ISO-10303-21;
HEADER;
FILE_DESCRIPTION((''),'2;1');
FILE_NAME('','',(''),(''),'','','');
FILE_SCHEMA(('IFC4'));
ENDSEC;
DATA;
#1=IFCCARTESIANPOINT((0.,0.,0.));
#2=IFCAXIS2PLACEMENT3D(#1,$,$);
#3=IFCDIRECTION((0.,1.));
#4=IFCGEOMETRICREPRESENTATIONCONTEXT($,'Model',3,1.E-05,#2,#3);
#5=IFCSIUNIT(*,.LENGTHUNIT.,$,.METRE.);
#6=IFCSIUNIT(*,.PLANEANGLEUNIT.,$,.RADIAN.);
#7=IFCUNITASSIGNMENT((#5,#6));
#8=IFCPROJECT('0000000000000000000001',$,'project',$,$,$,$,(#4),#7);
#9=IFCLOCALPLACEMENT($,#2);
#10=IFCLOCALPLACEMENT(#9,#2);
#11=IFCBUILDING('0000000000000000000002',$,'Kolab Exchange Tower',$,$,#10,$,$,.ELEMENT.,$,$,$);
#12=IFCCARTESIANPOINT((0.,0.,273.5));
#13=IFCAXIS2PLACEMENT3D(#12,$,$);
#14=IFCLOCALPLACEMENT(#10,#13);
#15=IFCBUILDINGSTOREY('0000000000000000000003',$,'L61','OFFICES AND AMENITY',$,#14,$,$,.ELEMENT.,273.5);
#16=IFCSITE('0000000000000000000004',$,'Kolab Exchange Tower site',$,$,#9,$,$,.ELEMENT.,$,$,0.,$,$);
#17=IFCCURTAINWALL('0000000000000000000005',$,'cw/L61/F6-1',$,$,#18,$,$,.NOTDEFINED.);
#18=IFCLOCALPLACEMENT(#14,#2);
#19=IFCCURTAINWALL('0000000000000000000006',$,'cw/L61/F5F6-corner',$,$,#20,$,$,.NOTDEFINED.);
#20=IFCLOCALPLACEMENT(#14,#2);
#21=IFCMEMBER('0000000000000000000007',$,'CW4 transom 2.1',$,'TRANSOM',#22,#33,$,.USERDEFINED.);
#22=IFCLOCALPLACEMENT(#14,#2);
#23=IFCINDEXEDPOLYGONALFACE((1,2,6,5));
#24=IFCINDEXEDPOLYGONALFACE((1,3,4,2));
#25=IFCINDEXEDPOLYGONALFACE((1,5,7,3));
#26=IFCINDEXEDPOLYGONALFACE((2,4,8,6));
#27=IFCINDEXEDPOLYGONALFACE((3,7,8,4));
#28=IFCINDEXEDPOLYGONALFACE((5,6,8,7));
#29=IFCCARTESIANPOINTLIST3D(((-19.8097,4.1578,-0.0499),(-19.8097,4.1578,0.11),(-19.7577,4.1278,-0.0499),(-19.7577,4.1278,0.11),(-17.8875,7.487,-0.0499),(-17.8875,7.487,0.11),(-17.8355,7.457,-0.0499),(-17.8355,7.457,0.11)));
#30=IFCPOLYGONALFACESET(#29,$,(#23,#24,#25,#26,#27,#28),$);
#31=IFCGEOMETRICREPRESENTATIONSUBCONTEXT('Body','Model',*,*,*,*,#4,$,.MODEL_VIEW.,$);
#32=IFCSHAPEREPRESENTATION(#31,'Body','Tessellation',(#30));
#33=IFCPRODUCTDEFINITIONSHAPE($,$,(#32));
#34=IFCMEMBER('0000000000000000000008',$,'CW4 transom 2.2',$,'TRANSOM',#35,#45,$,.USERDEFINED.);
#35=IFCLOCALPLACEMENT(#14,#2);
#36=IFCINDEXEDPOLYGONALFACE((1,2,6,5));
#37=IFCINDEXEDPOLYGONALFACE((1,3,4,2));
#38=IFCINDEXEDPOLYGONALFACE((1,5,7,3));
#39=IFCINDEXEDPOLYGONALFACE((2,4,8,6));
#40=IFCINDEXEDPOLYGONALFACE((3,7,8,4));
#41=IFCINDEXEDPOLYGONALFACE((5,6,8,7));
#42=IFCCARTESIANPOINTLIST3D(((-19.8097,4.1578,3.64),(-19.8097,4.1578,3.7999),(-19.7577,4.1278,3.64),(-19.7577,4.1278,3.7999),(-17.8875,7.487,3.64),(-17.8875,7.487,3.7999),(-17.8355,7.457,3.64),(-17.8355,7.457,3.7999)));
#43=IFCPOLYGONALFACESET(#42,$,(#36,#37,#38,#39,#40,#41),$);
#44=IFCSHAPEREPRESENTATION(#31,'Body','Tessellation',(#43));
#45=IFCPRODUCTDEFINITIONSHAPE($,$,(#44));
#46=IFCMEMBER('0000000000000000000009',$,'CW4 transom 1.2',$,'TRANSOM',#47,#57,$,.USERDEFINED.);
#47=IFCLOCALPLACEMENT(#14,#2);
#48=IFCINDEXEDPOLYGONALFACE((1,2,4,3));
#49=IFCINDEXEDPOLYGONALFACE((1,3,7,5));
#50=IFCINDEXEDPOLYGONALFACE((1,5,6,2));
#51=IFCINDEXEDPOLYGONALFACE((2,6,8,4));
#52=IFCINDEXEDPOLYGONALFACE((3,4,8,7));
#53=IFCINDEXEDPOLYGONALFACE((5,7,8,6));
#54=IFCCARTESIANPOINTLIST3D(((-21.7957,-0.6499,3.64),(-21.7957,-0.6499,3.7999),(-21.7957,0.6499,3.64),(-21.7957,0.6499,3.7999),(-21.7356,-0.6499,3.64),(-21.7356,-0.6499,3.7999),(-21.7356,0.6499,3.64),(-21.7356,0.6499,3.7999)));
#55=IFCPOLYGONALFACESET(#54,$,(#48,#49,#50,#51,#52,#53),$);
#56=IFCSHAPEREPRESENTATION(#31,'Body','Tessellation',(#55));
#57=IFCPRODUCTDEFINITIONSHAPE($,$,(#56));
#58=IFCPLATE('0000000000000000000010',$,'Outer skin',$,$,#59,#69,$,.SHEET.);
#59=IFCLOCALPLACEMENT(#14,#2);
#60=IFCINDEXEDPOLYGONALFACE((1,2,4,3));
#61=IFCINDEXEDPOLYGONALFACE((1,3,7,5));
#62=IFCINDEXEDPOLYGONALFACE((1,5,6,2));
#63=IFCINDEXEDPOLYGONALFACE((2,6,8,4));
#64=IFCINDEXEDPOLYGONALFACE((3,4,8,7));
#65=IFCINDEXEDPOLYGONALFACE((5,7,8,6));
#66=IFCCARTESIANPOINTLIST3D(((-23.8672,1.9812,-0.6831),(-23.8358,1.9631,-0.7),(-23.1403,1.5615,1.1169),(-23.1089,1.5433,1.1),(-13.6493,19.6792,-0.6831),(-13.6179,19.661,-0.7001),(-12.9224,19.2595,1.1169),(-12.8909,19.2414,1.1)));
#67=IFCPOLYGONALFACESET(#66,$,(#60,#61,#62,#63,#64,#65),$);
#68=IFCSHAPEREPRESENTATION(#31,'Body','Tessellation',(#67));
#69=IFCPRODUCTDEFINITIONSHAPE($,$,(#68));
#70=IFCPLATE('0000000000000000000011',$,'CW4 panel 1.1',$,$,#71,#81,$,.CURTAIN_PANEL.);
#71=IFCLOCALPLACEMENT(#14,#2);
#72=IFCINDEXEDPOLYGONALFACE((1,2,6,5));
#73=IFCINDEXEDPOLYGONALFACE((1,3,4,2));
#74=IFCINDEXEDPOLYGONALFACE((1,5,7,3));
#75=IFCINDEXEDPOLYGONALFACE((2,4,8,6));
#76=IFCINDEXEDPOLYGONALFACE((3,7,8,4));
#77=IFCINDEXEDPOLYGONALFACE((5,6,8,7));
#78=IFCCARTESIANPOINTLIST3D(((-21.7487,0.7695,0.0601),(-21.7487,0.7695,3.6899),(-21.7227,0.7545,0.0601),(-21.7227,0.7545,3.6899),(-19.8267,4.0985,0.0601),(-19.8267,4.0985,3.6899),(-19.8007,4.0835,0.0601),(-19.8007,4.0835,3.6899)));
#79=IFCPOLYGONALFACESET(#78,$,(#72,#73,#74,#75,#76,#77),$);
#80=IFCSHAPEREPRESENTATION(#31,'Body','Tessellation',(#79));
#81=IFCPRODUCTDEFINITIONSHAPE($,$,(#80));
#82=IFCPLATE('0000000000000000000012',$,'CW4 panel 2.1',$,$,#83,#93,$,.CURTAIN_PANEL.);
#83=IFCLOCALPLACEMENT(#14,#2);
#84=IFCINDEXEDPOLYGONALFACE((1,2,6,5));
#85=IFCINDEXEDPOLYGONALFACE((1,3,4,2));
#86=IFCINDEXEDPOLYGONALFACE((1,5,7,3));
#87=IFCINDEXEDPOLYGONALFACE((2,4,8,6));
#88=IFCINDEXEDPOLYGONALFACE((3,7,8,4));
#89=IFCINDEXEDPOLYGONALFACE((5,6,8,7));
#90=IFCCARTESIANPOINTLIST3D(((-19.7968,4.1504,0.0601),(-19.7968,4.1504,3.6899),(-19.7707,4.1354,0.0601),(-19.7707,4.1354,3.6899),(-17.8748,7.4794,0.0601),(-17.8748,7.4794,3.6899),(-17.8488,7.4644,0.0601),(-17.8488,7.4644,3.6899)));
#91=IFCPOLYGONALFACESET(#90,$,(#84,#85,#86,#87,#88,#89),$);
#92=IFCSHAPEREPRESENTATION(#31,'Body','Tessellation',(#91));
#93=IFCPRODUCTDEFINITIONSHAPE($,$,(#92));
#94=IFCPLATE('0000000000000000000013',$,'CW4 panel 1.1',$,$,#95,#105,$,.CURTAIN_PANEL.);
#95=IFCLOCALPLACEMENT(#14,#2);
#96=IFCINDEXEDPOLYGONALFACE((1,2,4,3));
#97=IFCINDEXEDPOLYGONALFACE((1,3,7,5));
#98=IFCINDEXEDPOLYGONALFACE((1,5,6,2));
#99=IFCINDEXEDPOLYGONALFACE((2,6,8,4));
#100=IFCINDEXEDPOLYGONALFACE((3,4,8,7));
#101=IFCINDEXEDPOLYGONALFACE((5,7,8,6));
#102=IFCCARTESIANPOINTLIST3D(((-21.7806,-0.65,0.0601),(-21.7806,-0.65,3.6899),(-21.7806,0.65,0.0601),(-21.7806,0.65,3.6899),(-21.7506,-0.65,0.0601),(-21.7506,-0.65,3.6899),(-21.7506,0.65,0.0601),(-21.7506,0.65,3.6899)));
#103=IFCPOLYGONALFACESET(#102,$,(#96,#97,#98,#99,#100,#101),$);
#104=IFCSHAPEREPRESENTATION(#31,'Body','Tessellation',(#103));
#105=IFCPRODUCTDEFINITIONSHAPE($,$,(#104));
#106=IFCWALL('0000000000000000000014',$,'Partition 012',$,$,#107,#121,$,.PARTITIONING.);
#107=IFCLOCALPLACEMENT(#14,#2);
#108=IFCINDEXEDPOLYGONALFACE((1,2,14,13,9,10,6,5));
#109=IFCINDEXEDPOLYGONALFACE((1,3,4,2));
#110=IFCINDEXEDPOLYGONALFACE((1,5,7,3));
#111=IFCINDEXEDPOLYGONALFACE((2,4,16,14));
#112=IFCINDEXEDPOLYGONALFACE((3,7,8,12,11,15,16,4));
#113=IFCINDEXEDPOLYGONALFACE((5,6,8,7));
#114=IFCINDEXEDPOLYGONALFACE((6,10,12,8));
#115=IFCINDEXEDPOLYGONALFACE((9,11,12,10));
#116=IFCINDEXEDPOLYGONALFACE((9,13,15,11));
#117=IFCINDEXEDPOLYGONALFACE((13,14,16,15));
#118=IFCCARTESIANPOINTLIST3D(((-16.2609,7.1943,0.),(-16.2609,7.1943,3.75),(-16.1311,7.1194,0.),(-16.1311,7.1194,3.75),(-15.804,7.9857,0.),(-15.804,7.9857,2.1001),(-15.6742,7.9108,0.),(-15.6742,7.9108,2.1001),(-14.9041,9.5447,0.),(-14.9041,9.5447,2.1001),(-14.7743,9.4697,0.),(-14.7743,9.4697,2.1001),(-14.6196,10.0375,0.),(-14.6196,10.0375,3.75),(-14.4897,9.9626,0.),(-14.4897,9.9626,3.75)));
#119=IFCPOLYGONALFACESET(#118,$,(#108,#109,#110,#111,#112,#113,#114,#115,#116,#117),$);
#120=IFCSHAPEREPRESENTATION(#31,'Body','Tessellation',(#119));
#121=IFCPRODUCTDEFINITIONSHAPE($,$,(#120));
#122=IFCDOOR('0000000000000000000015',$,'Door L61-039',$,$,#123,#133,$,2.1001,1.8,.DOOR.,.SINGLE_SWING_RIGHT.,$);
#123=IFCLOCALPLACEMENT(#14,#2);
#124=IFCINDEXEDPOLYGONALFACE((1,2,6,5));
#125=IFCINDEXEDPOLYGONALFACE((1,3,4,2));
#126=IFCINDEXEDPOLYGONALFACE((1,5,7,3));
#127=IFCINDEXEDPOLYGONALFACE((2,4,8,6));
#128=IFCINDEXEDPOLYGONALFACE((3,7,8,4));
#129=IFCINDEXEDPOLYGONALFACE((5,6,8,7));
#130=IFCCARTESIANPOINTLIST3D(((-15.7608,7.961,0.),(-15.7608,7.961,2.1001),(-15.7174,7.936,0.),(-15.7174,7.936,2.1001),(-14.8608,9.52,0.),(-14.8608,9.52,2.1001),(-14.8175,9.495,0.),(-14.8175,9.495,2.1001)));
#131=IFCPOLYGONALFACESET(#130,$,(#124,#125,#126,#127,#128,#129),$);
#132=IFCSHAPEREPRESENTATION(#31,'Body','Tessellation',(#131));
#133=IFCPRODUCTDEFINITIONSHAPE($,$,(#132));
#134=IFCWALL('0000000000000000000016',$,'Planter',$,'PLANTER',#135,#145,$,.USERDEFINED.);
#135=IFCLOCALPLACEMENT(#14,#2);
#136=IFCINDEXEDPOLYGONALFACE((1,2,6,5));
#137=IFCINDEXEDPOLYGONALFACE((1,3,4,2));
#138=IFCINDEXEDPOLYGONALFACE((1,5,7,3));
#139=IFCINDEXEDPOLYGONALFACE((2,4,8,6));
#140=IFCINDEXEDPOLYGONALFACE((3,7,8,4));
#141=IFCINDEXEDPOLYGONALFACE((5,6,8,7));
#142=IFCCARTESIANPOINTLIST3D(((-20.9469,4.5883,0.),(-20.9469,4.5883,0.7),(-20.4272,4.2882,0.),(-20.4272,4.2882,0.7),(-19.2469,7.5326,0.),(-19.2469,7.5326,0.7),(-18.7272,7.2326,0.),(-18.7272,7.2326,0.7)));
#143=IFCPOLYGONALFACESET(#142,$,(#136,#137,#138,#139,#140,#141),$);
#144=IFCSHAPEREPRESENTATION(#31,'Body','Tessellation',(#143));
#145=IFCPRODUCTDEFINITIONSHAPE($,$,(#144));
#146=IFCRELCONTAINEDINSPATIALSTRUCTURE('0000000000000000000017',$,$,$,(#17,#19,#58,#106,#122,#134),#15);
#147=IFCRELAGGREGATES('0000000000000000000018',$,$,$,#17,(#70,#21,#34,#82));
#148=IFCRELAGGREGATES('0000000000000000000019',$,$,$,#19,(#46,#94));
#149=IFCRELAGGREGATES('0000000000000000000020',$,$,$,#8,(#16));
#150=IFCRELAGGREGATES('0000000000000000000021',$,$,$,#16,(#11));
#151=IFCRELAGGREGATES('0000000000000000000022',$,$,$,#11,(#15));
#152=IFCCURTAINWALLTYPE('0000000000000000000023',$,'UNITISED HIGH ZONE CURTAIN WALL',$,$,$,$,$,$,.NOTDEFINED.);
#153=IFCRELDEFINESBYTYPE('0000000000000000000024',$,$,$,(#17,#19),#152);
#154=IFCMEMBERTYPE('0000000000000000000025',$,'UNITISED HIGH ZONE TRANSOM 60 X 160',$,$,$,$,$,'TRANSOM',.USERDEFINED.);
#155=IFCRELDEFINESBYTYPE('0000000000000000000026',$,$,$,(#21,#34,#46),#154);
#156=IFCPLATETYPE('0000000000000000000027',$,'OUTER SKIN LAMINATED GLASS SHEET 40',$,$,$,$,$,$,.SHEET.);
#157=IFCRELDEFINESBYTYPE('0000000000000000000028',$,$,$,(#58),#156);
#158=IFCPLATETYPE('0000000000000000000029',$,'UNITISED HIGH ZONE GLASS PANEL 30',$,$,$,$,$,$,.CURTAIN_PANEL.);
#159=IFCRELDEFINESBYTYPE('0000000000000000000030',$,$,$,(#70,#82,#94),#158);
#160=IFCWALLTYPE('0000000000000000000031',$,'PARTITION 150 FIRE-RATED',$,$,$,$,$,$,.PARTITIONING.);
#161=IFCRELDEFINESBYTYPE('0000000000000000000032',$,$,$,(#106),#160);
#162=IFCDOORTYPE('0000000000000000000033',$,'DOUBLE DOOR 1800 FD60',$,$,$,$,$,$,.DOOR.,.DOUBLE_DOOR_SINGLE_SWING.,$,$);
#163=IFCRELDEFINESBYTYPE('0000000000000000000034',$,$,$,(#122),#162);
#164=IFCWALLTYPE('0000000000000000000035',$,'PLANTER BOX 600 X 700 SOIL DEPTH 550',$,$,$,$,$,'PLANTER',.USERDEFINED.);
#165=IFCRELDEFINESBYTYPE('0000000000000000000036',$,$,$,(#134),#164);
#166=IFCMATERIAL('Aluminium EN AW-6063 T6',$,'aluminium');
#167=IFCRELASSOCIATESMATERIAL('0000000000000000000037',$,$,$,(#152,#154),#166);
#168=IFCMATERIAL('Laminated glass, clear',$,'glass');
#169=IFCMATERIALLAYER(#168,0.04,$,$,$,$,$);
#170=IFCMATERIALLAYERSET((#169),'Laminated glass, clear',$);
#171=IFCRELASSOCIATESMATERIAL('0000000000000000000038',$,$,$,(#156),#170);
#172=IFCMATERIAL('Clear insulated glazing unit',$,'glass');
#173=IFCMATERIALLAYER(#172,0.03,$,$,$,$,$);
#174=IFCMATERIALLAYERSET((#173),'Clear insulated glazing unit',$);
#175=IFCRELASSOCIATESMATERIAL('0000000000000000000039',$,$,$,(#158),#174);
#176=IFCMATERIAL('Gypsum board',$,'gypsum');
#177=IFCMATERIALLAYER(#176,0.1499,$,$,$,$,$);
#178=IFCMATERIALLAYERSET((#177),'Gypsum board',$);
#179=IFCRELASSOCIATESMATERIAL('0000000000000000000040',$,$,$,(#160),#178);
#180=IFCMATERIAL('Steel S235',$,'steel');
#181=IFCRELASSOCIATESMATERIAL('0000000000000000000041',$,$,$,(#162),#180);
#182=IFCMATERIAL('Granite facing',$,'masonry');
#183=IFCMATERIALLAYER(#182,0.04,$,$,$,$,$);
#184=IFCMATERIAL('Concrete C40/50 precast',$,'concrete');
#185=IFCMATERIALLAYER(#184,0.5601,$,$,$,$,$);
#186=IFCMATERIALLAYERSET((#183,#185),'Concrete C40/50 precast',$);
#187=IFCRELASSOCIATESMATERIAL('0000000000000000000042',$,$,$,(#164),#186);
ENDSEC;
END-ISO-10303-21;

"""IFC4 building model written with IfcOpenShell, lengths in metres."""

from ifc_helpers import new_model, si_unit, direction, frame, frame_2d, origin, origin_2d, place, context, subcontext, project, spatial, polyline, rectangle, outline, extrude, material, layer, layer_set, material_profile, profile_set, type_object, element, fill, aggregate, save


model = new_model("IFC4")

# Units and contexts
model_context = context("Model", 3, precision=1e-05, world=origin(), true_north=direction((0.0, 1.0)))
body_context = subcontext(model_context, "Body", "Model", "MODEL_VIEW")
ifc_project = project(units=[si_unit("LENGTHUNIT", "METRE"), si_unit("PLANEANGLEUNIT", "RADIAN")], contexts=[model_context])

# Site, building, storey
site_placement = place(None, origin())
site = spatial("IfcSite", under=ifc_project, at=site_placement, Name="Kolab Exchange Tower site", CompositionType="ELEMENT", RefElevation=0.0)
building_placement = place(site_placement, origin())
building = spatial("IfcBuilding", under=site, at=building_placement, Name="Kolab Exchange Tower", CompositionType="ELEMENT")
storey_placement = place(building_placement, frame((0.0, 0.0, 273.5)))
storey = spatial("IfcBuildingStorey", under=building, at=storey_placement, Name="L61", Description="OFFICES AND AMENITY", CompositionType="ELEMENT", Elevation=273.5)

# Curtain wall
ifc_material_1 = material(Name="Aluminium EN AW-6063 T6", Category="aluminium")
curtain_wall_type = type_object("IfcCurtainWallType", Name="UNITISED HIGH ZONE CURTAIN WALL", PredefinedType="NOTDEFINED", material=ifc_material_1)
curtain_wall_1_placement = place(storey_placement, origin())
curtain_wall_1 = element("IfcCurtainWall", 1, at=curtain_wall_1_placement, inside=storey, type_object=curtain_wall_type, Name="cw/L61/F6-1", PredefinedType="NOTDEFINED")

# Curtain wall
curtain_wall_2_placement = place(storey_placement, origin())
curtain_wall_2 = element("IfcCurtainWall", 2, at=curtain_wall_2_placement, inside=storey, type_object=curtain_wall_type, Name="cw/L61/F5F6-corner", PredefinedType="NOTDEFINED")

# Members
ifc_material_profile_1 = material_profile(ifc_material_1, rectangle(XDim=0.0601, YDim=0.1599, at=origin_2d()), Name="RECT 60X160")
ifc_profile_set_1 = profile_set([ifc_material_profile_1], Name="Aluminium EN AW-6063 T6")
member_type_1 = type_object("IfcMemberType", Name="UNITISED HIGH ZONE TRANSOM 60 X 160", ElementType="TRANSOM", PredefinedType="USERDEFINED", material=ifc_profile_set_1)
member_1_placement = place(storey_placement, frame((-19.7837, 4.1428, 0.03), z_axis=(0.500012, 0.866018, 0.0), x_axis=(-0.866018, 0.500012, 0.0)))
member_1 = element("IfcMember", 3, at=member_1_placement, type_object=member_type_1, Name="CW4 transom 2.1", ObjectType="TRANSOM", PredefinedType="USERDEFINED", context=body_context, shape_type="SweptSolid", body=[
    extrude(rectangle(XDim=0.0601, YDim=0.1599, at=origin_2d()), origin(), (0.0, 0.0, 1.0), 3.8442),
])
member_2_placement = place(storey_placement, frame((-19.7837, 4.1428, 3.72), z_axis=(0.500012, 0.866018, 0.0), x_axis=(-0.866018, 0.500012, 0.0)))
member_2 = element("IfcMember", 4, at=member_2_placement, type_object=member_type_1, Name="CW4 transom 2.2", ObjectType="TRANSOM", PredefinedType="USERDEFINED", context=body_context, shape_type="SweptSolid", body=[
    extrude(rectangle(XDim=0.0601, YDim=0.1599, at=origin_2d()), origin(), (0.0, 0.0, 1.0), 3.8442),
])
member_3_placement = place(storey_placement, frame((-21.7656, -0.6499, 3.72), z_axis=(0.0, 1.0, 0.0), x_axis=(-1.0, 0.0, 0.0)))
member_3 = element("IfcMember", 5, at=member_3_placement, type_object=member_type_1, Name="CW4 transom 1.2", ObjectType="TRANSOM", PredefinedType="USERDEFINED", context=body_context, shape_type="SweptSolid", body=[
    extrude(rectangle(XDim=0.0601, YDim=0.1599, at=origin_2d()), origin(), (0.0, 0.0, 1.0), 1.2998),
])

# Plates
ifc_material_2 = material(Name="Laminated glass, clear", Category="glass")
ifc_layer_1 = layer(ifc_material_2, 0.04)
ifc_layer_set_1 = layer_set([ifc_layer_1], Name="Laminated glass, clear")
plate_type_1 = type_object("IfcPlateType", Name="OUTER SKIN LAMINATED GLASS SHEET 40", PredefinedType="SHEET", material=ifc_layer_set_1)
plate_1_placement = place(storey_placement, frame((-23.8672, 1.9812, -0.6831), z_axis=(-0.784886, 0.453152, 0.422619), x_axis=(0.499997, 0.866027, -0.000002)))
element("IfcPlate", 6, at=plate_1_placement, inside=storey, type_object=plate_type_1, Name="Outer skin", PredefinedType="SHEET", context=body_context, shape_type="SweptSolid", body=[
    extrude(outline(polyline([(0.0, 0.0), (20.4358, 0.0), (20.4359, -1.9862), (-0.0001, -1.9861), (0.0, 0.0)])), origin(), (0.0, 0.0, -1.0), 0.04),
])
ifc_material_3 = material(Name="Clear insulated glazing unit", Category="glass")
ifc_layer_2 = layer(ifc_material_3, 0.03)
ifc_layer_set_2 = layer_set([ifc_layer_2], Name="Clear insulated glazing unit")
plate_type_2 = type_object("IfcPlateType", Name="UNITISED HIGH ZONE GLASS PANEL 30", PredefinedType="CURTAIN_PANEL", material=ifc_layer_set_2)
plate_2_placement = place(storey_placement, frame((-20.7747, 2.4265, 0.0601), z_axis=(0.0, 0.0, 1.0), x_axis=(0.5, 0.866025, 0.0)))
plate_2 = element("IfcPlate", 7, at=plate_2_placement, type_object=plate_type_2, Name="CW4 panel 1.1", PredefinedType="CURTAIN_PANEL", context=body_context, shape_type="SweptSolid", body=[
    extrude(rectangle(XDim=3.844, YDim=0.03, at=origin_2d()), origin(), (0.0, 0.0, 1.0), 3.6299),
])
plate_3_placement = place(storey_placement, frame((-18.8228, 5.8074, 0.0601), z_axis=(0.0, 0.0, 1.0), x_axis=(0.5, 0.866025, 0.0)))
plate_3 = element("IfcPlate", 8, at=plate_3_placement, type_object=plate_type_2, Name="CW4 panel 2.1", PredefinedType="CURTAIN_PANEL", context=body_context, shape_type="SweptSolid", body=[
    extrude(rectangle(XDim=3.844, YDim=0.03, at=origin_2d()), origin(), (0.0, 0.0, 1.0), 3.6299),
])
aggregate(curtain_wall_1, [plate_2, member_1, member_2, plate_3])
plate_4_placement = place(storey_placement, frame((-21.7656, 0.0, 0.0601), z_axis=(0.0, 0.0, 1.0), x_axis=(0.0, 1.0, 0.0)))
plate_4 = element("IfcPlate", 9, at=plate_4_placement, type_object=plate_type_2, Name="CW4 panel 1.1", PredefinedType="CURTAIN_PANEL", context=body_context, shape_type="SweptSolid", body=[
    extrude(rectangle(XDim=1.3, YDim=0.03, at=origin_2d()), origin(), (0.0, 0.0, 1.0), 3.6299),
])
aggregate(curtain_wall_2, [member_3, plate_4])

# Wall, opening, door
ifc_material_4 = material(Name="Gypsum board", Category="gypsum")
ifc_layer_3 = layer(ifc_material_4, 0.1499)
ifc_layer_set_3 = layer_set([ifc_layer_3], Name="Gypsum board")
wall_type_1 = type_object("IfcWallType", Name="PARTITION 150 FIRE-RATED", PredefinedType="PARTITIONING", material=ifc_layer_set_3)
wall_1_placement = place(storey_placement, frame((-16.196, 7.1567, 0.0), z_axis=(0.0, 0.0, 1.0), x_axis=(0.499954, 0.866052, 0.0)))
wall_1 = element("IfcWall", 10, at=wall_1_placement, inside=storey, type_object=wall_type_1, Name="Partition 012", PredefinedType="PARTITIONING", context=body_context, shape_type="SweptSolid", body=[
    extrude(rectangle(XDim=3.283, YDim=0.1499, at=frame_2d((1.6416, 0.0))), origin(), (0.0, 0.0, 1.0), 3.75),
])
opening_placement = place(wall_1_placement, frame((0.9141, 0.0, 0.0)))
opening = element("IfcOpeningElement", 11, at=opening_placement, cuts=wall_1, PredefinedType="OPENING", context=body_context, shape_type="SweptSolid", body=[
    extrude(rectangle(XDim=1.8, YDim=2.1001, at=frame_2d((0.8999, 1.05))), frame((0.0, 0.085, 0.0), z_axis=(0.0, -1.0, 0.0), x_axis=(1.0, 0.0, 0.0)), (0.0, 0.0, 1.0), 0.1699),
])
ifc_material_5 = material(Name="Steel S235", Category="steel")
door_type = type_object("IfcDoorType", Name="DOUBLE DOOR 1800 FD60", OperationType="DOUBLE_DOOR_SINGLE_SWING", PredefinedType="DOOR", material=ifc_material_5)
door_placement = place(opening_placement, frame((1.8, 0.0, 0.0), z_axis=(0.0, 0.0, 1.0), x_axis=(-1.0, 0.0, 0.0)))
door = element("IfcDoor", 12, at=door_placement, inside=storey, type_object=door_type, Name="Door L61-039", OperationType="SINGLE_SWING_RIGHT", OverallHeight=2.1001, OverallWidth=1.8, PredefinedType="DOOR", context=body_context, shape_type="SweptSolid", body=[
    extrude(rectangle(XDim=1.8, YDim=2.1001, at=frame_2d((0.8999, 1.05))), frame((0.0, 0.0249, 0.0), z_axis=(0.0, -1.0, 0.0), x_axis=(1.0, 0.0, 0.0)), (0.0, 0.0, 1.0), 0.05),
])
fill(opening, door)

# Wall
ifc_material_6 = material(Name="Granite facing", Category="masonry")
ifc_layer_4 = layer(ifc_material_6, 0.04)
ifc_material_7 = material(Name="Concrete C40/50 precast", Category="concrete")
ifc_layer_5 = layer(ifc_material_7, 0.5601)
ifc_layer_set_4 = layer_set([ifc_layer_4, ifc_layer_5], Name="Concrete C40/50 precast")
wall_type_2 = type_object("IfcWallType", Name="PLANTER BOX 600 X 700 SOIL DEPTH 550", ElementType="PLANTER", PredefinedType="USERDEFINED", material=ifc_layer_set_4)
wall_2_placement = place(storey_placement, frame((-20.687, 4.4382, 0.0), z_axis=(0.0, 0.0, 1.0), x_axis=(0.500008, 0.866021, 0.0)))
element("IfcWall", 13, at=wall_2_placement, inside=storey, type_object=wall_type_2, Name="Planter", ObjectType="PLANTER", PredefinedType="USERDEFINED", context=body_context, shape_type="SweptSolid", body=[
    extrude(rectangle(XDim=3.3999, YDim=0.6001, at=frame_2d((1.7, 0.0))), origin(), (0.0, 0.0, 1.0), 0.7),
])

save(model, "model.ifc")
